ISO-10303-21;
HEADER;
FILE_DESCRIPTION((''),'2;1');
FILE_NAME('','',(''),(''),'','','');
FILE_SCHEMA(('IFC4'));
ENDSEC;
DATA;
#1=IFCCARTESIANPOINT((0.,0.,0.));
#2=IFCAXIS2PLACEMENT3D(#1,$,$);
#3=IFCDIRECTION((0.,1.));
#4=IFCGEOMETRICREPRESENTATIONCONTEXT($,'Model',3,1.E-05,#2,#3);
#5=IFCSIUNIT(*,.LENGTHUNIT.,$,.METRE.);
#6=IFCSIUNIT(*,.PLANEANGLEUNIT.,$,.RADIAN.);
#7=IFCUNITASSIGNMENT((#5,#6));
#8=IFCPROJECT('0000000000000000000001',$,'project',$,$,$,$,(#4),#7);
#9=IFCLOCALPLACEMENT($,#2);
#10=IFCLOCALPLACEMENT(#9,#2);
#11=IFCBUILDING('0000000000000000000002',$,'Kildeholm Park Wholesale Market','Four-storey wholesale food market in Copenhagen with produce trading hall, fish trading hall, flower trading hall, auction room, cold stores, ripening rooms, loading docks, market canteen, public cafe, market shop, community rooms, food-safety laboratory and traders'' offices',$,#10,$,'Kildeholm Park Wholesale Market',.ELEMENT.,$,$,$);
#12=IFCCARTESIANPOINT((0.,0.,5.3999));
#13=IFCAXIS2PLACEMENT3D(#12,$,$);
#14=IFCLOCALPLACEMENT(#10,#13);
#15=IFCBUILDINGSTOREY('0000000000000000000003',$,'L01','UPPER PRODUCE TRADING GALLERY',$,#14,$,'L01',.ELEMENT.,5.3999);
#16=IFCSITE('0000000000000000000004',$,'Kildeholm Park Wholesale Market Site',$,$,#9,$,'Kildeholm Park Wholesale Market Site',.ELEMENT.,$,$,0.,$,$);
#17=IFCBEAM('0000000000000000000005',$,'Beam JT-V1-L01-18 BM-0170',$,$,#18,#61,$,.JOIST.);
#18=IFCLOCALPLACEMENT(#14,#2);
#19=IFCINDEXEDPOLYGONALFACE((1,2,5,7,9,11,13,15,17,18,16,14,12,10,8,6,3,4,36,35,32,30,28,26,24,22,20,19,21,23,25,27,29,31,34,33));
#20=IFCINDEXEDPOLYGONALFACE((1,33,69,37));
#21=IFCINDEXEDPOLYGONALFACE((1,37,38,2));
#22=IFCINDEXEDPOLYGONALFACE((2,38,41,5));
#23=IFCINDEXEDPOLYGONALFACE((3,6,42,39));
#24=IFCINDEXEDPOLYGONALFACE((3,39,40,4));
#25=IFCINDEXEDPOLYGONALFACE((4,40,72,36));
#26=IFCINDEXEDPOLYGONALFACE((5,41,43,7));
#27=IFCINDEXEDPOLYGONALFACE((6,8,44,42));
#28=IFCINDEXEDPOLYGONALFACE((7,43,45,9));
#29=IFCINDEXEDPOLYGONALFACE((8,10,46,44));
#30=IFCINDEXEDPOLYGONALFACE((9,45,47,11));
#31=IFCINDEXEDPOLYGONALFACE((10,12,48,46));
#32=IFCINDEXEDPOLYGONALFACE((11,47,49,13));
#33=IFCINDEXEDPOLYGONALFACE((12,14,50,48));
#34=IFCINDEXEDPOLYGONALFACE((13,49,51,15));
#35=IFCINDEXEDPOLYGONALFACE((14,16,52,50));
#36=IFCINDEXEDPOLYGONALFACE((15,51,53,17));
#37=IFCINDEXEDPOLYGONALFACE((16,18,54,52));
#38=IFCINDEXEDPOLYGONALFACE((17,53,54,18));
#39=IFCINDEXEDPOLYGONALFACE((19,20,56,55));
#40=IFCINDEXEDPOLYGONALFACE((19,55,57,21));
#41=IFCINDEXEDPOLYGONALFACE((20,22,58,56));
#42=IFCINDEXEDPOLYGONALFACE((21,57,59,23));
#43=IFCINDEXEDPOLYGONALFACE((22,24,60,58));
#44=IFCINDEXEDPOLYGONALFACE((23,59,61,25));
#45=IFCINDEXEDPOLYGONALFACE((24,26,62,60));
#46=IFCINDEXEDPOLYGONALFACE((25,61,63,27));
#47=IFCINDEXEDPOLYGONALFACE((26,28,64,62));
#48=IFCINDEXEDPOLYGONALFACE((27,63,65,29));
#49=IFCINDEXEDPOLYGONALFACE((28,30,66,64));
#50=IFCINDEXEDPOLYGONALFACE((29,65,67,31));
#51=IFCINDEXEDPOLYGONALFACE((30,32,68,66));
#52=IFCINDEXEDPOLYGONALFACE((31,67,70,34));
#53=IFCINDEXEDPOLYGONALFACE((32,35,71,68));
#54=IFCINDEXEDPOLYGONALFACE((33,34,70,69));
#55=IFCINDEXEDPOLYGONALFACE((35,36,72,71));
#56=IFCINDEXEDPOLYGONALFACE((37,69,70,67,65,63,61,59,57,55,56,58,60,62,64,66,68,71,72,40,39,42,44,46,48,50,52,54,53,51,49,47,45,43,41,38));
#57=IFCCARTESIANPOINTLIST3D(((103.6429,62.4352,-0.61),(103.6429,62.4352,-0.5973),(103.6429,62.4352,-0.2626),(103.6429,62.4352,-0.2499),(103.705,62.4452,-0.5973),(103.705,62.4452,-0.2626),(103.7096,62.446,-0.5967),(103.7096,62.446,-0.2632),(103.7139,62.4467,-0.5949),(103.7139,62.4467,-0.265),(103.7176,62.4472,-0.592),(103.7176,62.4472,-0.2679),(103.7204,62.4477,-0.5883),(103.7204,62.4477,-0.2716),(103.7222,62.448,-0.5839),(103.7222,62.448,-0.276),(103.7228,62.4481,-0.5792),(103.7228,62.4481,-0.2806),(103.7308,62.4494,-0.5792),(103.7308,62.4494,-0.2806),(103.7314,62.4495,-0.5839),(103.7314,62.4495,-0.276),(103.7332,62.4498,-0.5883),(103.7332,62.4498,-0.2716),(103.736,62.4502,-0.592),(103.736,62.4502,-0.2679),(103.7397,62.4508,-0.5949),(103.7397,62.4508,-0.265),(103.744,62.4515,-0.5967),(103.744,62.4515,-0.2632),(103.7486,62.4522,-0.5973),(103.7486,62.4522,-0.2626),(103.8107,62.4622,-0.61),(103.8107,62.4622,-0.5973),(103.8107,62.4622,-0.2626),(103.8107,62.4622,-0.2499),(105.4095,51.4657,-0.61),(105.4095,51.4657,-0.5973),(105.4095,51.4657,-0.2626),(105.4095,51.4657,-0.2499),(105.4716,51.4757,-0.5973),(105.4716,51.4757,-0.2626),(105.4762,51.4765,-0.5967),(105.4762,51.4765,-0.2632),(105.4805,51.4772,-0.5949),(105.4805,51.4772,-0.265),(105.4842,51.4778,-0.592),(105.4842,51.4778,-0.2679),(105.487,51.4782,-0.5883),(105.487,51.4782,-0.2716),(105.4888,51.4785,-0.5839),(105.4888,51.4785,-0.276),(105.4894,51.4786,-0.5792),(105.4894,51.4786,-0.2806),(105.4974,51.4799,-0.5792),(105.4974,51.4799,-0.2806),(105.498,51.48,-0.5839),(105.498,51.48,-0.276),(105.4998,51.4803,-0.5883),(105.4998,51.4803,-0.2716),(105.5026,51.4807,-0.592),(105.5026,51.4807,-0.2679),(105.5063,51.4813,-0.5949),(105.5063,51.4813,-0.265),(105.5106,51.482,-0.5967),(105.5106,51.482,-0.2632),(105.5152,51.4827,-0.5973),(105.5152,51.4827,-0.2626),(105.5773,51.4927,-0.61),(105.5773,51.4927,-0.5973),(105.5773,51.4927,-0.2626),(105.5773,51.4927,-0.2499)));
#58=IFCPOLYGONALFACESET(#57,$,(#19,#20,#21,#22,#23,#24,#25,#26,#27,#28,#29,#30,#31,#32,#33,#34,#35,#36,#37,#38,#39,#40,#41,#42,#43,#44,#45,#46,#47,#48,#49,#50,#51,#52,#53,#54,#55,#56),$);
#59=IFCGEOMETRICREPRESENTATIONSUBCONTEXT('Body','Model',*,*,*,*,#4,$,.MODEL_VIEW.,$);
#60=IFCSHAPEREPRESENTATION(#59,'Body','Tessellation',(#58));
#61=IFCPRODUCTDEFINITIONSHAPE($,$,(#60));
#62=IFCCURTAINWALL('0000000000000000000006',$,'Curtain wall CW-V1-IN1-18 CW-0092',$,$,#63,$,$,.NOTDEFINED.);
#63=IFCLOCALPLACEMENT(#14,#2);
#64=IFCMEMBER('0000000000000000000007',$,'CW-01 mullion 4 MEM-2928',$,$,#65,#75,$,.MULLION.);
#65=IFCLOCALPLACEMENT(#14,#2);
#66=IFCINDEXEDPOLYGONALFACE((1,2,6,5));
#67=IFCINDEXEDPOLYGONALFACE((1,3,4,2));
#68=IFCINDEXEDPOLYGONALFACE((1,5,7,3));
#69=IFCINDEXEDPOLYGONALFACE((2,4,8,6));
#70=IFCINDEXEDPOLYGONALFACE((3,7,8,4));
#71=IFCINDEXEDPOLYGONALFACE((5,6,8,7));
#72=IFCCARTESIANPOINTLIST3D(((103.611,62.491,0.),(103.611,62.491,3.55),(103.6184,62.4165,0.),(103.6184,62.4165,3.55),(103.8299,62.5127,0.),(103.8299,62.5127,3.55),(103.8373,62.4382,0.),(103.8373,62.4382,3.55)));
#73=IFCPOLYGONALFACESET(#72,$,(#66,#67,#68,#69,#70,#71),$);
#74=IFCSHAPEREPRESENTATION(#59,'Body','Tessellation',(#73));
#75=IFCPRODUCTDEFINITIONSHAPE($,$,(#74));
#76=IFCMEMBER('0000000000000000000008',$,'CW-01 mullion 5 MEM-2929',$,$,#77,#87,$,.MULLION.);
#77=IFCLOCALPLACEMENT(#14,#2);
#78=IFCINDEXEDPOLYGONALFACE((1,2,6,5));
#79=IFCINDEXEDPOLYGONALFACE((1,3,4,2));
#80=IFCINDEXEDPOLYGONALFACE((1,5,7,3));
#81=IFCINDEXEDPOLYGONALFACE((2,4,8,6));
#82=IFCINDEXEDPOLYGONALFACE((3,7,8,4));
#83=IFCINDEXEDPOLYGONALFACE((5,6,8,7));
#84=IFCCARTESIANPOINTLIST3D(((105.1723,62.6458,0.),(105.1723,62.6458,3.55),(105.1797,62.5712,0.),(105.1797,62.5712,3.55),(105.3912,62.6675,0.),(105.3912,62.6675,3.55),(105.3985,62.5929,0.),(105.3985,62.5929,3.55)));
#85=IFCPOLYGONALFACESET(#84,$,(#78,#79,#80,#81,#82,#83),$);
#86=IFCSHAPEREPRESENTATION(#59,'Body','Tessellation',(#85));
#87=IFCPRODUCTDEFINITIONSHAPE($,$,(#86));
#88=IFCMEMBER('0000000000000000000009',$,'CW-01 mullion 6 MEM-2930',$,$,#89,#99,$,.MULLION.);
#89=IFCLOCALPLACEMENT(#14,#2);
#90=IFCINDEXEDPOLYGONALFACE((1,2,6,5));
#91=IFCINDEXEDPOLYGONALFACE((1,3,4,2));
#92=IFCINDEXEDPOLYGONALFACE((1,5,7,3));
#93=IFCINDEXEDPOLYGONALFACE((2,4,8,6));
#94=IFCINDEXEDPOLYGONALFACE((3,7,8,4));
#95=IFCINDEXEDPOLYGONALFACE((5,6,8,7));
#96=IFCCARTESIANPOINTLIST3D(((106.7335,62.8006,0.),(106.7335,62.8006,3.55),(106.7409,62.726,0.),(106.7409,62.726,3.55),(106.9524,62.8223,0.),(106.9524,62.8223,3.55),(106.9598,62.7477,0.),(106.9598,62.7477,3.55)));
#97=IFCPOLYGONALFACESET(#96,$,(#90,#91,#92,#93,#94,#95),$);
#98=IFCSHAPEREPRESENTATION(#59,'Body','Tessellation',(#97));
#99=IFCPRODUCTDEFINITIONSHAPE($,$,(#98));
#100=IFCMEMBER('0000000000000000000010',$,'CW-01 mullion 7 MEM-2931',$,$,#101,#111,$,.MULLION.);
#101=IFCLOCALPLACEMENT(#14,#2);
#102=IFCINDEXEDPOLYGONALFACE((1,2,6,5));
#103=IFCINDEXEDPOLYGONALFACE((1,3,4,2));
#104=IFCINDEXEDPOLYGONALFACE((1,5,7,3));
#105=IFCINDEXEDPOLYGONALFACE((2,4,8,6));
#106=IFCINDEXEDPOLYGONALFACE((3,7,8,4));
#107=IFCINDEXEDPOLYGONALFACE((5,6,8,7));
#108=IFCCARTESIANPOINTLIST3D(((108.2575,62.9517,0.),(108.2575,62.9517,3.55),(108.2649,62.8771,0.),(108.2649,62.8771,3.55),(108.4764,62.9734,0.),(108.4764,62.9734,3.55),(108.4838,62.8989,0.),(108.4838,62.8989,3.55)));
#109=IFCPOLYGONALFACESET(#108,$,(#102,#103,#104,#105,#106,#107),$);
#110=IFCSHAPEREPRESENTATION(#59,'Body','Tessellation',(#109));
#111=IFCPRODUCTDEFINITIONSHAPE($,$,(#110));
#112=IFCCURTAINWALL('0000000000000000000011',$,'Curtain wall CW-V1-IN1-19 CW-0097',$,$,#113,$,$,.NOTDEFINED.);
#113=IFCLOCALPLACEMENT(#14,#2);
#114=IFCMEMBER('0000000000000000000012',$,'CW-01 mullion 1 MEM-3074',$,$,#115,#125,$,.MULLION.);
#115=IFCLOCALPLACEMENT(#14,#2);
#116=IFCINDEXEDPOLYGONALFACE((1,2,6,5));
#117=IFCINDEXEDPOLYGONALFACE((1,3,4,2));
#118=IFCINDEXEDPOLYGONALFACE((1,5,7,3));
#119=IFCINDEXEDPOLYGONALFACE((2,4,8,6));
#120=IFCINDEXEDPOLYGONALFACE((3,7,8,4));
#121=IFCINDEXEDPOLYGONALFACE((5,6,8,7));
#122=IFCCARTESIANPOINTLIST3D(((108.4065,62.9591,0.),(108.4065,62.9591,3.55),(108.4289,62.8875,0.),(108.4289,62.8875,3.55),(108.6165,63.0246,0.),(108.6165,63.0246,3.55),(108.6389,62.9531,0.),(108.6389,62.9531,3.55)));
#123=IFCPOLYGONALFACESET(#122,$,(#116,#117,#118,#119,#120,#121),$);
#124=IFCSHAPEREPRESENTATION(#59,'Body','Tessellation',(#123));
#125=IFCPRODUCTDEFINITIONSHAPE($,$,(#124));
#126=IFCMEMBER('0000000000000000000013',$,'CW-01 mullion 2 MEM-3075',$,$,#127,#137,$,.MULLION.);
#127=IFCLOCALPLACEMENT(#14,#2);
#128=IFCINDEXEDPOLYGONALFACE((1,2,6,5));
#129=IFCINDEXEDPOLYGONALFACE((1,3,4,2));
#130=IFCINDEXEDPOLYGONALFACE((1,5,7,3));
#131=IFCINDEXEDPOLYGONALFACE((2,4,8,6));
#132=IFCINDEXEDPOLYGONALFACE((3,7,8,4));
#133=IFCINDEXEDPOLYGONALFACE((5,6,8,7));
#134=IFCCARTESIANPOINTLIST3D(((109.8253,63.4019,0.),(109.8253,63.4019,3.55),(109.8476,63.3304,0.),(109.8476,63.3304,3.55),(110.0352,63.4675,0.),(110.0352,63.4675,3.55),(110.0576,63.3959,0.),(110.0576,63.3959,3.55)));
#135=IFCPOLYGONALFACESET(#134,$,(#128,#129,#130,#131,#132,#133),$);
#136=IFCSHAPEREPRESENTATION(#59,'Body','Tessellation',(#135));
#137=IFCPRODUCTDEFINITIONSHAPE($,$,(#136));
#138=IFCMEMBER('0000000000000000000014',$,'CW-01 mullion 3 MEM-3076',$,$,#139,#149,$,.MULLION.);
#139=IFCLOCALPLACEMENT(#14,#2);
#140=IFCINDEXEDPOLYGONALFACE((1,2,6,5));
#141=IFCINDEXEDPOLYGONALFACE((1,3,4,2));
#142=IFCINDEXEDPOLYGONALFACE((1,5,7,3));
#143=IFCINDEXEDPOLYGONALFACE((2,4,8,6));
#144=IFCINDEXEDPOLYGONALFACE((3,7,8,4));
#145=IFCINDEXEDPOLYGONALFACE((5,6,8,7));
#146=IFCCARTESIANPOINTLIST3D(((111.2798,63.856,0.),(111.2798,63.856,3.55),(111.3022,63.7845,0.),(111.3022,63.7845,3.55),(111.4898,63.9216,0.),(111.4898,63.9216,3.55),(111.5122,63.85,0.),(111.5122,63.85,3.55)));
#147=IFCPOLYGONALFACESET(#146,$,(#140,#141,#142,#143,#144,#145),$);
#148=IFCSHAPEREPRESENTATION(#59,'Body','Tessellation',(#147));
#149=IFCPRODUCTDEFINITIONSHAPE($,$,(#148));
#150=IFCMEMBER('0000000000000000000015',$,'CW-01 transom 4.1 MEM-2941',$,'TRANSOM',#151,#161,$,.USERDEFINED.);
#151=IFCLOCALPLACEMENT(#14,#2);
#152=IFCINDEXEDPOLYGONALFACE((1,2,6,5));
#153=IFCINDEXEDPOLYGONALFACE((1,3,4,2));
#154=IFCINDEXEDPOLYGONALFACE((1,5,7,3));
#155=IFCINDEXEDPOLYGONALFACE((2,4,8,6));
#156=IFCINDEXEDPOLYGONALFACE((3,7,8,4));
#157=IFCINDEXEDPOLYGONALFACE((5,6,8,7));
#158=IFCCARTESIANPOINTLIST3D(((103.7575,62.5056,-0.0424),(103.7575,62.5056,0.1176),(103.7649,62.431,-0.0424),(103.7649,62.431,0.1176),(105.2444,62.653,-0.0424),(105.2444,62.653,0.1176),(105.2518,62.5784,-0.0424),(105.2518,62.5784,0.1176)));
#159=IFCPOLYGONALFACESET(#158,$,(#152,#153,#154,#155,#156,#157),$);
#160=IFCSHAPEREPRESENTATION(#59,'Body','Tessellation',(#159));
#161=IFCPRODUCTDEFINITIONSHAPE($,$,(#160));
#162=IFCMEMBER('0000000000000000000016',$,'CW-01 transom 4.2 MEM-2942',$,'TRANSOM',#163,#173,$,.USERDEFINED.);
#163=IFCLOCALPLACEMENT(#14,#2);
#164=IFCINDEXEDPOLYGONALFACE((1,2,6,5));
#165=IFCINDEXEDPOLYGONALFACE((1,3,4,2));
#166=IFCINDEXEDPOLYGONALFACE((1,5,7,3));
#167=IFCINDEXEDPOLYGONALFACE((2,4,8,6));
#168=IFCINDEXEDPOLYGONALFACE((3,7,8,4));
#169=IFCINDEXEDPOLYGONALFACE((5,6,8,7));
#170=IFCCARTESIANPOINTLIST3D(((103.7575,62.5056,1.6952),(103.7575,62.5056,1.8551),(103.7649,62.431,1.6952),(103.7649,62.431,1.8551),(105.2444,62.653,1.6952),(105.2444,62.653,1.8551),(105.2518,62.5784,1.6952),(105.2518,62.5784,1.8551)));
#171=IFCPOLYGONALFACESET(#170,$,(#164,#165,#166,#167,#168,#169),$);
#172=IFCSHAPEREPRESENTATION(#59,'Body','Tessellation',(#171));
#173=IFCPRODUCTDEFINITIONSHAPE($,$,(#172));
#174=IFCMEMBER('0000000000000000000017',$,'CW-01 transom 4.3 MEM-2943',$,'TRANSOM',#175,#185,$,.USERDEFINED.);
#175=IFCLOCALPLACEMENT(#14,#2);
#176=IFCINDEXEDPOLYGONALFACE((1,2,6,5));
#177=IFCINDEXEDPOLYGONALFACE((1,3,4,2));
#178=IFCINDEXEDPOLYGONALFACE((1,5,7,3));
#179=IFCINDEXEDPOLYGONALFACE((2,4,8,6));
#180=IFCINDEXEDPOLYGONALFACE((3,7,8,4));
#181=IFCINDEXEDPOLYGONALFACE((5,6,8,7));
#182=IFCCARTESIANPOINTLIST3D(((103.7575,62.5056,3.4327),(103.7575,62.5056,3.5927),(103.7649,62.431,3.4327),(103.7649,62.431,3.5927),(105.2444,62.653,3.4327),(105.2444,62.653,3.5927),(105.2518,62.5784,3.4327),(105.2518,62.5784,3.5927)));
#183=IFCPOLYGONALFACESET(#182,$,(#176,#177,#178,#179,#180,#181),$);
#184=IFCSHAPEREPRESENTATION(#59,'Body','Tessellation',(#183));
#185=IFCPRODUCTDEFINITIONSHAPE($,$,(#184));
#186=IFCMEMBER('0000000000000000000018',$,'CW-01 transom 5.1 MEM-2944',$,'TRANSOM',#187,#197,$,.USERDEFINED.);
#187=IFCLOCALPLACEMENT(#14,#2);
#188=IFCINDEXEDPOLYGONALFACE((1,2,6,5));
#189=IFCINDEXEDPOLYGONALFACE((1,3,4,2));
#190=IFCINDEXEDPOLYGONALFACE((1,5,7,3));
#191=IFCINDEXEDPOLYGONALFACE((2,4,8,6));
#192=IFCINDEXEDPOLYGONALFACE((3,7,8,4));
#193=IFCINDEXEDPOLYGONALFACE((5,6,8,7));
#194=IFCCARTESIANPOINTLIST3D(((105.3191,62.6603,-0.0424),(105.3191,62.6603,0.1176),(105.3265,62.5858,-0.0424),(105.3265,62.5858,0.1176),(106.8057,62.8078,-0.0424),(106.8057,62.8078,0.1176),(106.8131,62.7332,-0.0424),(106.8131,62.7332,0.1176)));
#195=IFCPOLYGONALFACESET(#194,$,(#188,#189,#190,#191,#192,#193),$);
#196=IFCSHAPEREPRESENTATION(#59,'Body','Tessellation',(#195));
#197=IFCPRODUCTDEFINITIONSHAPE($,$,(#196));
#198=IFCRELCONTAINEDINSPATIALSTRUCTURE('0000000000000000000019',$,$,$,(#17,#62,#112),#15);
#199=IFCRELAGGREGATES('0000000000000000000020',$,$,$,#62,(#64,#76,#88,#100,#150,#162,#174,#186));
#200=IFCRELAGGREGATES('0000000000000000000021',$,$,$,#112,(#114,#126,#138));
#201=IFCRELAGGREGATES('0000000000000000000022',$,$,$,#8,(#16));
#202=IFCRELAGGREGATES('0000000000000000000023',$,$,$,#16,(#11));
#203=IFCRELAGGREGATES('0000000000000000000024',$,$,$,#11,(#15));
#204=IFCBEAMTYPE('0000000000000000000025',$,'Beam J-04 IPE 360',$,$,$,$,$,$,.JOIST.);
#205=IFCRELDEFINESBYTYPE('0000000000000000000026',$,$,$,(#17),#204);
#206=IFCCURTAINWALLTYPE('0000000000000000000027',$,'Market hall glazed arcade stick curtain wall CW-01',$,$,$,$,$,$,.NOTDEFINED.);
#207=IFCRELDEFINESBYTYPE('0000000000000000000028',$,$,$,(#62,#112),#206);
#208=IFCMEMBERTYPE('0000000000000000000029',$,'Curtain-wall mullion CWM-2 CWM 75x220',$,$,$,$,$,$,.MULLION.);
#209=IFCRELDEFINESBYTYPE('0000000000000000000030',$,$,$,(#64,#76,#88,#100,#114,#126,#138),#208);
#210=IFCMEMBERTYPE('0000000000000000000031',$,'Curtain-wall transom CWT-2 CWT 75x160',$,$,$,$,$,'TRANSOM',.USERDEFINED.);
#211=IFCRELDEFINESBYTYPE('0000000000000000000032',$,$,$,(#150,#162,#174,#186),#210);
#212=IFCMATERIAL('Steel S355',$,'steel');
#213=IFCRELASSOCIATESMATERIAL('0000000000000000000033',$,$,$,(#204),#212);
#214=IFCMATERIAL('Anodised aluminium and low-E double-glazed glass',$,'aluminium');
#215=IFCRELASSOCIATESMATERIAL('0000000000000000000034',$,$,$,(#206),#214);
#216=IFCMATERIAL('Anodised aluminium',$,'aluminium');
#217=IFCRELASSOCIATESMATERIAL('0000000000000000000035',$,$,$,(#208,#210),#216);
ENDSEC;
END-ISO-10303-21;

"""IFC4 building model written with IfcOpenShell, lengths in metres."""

from ifc_helpers import new_model, si_unit, direction, frame, origin, origin_2d, place, context, subcontext, project, spatial, rectangle, i_section, extrude, material, material_profile, profile_set, type_object, element, aggregate, save


model = new_model("IFC4")

# Units and contexts
model_context = context("Model", 3, precision=1e-05, world=origin(), true_north=direction((0.0, 1.0)))
body_context = subcontext(model_context, "Body", "Model", "MODEL_VIEW")
ifc_project = project(units=[si_unit("LENGTHUNIT", "METRE"), si_unit("PLANEANGLEUNIT", "RADIAN")], contexts=[model_context])

# Site, building, storey
site_placement = place(None, origin())
site = spatial("IfcSite", under=ifc_project, at=site_placement, Name="Kildeholm Park Wholesale Market Site", LongName="Kildeholm Park Wholesale Market Site", CompositionType="ELEMENT", RefElevation=0.0)
building_placement = place(site_placement, origin())
building = spatial("IfcBuilding", under=site, at=building_placement, Name="Kildeholm Park Wholesale Market", Description="Four-storey wholesale food market in Copenhagen with produce trading hall, fish trading hall, flower trading hall, auction room, cold stores, ripening rooms, loading docks, market canteen, public cafe, market shop, community rooms, food-safety laboratory and traders' offices", LongName="Kildeholm Park Wholesale Market", CompositionType="ELEMENT")
storey_placement = place(building_placement, frame((0.0, 0.0, 5.3999)))
storey = spatial("IfcBuildingStorey", under=building, at=storey_placement, Name="L01", Description="UPPER PRODUCE TRADING GALLERY", LongName="L01", CompositionType="ELEMENT", Elevation=5.3999)

# Shared definitions
ifc_material_1 = material(Name="Steel S355", Category="steel")

# Beam
ifc_material_profile_1 = material_profile(ifc_material_1, i_section(OverallWidth=0.1699, OverallDepth=0.3601, WebThickness=0.0081, FlangeThickness=0.0127, FilletRadius=0.0181, at=origin_2d()), Name="IPE 360")
ifc_profile_set_1 = profile_set([ifc_material_profile_1], Name="Steel S355")
beam_type_1 = type_object("IfcBeamType", Name="Beam J-04 IPE 360", PredefinedType="JOIST", material=ifc_profile_set_1)
beam_1_placement = place(storey_placement, frame((103.7268, 62.4487, -0.4299), z_axis=(0.158998, -0.987279, 0.0), x_axis=(0.987279, 0.158998, 0.0)))
element("IfcBeam", 1, at=beam_1_placement, inside=storey, type_object=beam_type_1, Name="Beam JT-V1-L01-18 BM-0170", PredefinedType="JOIST", context=body_context, shape_type="SweptSolid", body=[
    extrude(i_section(OverallWidth=0.1699, OverallDepth=0.3601, WebThickness=0.0081, FlangeThickness=0.0127, FilletRadius=0.0181, at=origin_2d()), origin(), (0.0, 0.0, 1.0), 11.1108),
])

# Curtain walls, members
ifc_material_2 = material(Name="Anodised aluminium and low-E double-glazed glass", Category="aluminium")
curtain_wall_type = type_object("IfcCurtainWallType", Name="Market hall glazed arcade stick curtain wall CW-01", PredefinedType="NOTDEFINED", material=ifc_material_2)
curtain_wall_1_placement = place(storey_placement, origin())
curtain_wall_1 = element("IfcCurtainWall", 2, at=curtain_wall_1_placement, inside=storey, type_object=curtain_wall_type, Name="Curtain wall CW-V1-IN1-18 CW-0092", PredefinedType="NOTDEFINED")
ifc_material_3 = material(Name="Anodised aluminium", Category="aluminium")
ifc_material_profile_2 = material_profile(ifc_material_3, rectangle(XDim=0.075, YDim=0.22, at=origin_2d()), Name="CWM 75x220")
ifc_profile_set_2 = profile_set([ifc_material_profile_2], Name="Anodised aluminium")
member_type_1 = type_object("IfcMemberType", Name="Curtain-wall mullion CWM-2 CWM 75x220", PredefinedType="MULLION", material=ifc_profile_set_2)
member_1_placement = place(storey_placement, frame((103.7241, 62.4646, 0.0), z_axis=(0.0, 0.0, 1.0), x_axis=(-0.098683, 0.995119, 0.0)))
member_1 = element("IfcMember", 3, at=member_1_placement, type_object=member_type_1, Name="CW-01 mullion 4 MEM-2928", PredefinedType="MULLION", context=body_context, shape_type="SweptSolid", body=[
    extrude(rectangle(XDim=0.075, YDim=0.22, at=origin_2d()), origin(), (0.0, 0.0, 1.0), 3.55),
])
member_2_placement = place(storey_placement, frame((105.2854, 62.6194, 0.0), z_axis=(0.0, 0.0, 1.0), x_axis=(-0.098683, 0.995119, 0.0)))
member_2 = element("IfcMember", 4, at=member_2_placement, type_object=member_type_1, Name="CW-01 mullion 5 MEM-2929", PredefinedType="MULLION", context=body_context, shape_type="SweptSolid", body=[
    extrude(rectangle(XDim=0.075, YDim=0.22, at=origin_2d()), origin(), (0.0, 0.0, 1.0), 3.55),
])
member_3_placement = place(storey_placement, frame((106.8467, 62.7742, 0.0), z_axis=(0.0, 0.0, 1.0), x_axis=(-0.098683, 0.995119, 0.0)))
member_3 = element("IfcMember", 5, at=member_3_placement, type_object=member_type_1, Name="CW-01 mullion 6 MEM-2930", PredefinedType="MULLION", context=body_context, shape_type="SweptSolid", body=[
    extrude(rectangle(XDim=0.075, YDim=0.22, at=origin_2d()), origin(), (0.0, 0.0, 1.0), 3.55),
])
member_4_placement = place(storey_placement, frame((108.3706, 62.9253, 0.0), z_axis=(0.0, 0.0, 1.0), x_axis=(-0.098683, 0.995119, 0.0)))
member_4 = element("IfcMember", 6, at=member_4_placement, type_object=member_type_1, Name="CW-01 mullion 7 MEM-2931", PredefinedType="MULLION", context=body_context, shape_type="SweptSolid", body=[
    extrude(rectangle(XDim=0.075, YDim=0.22, at=origin_2d()), origin(), (0.0, 0.0, 1.0), 3.55),
])
curtain_wall_2_placement = place(storey_placement, origin())
curtain_wall_2 = element("IfcCurtainWall", 7, at=curtain_wall_2_placement, inside=storey, type_object=curtain_wall_type, Name="Curtain wall CW-V1-IN1-19 CW-0097", PredefinedType="NOTDEFINED")
member_5_placement = place(storey_placement, frame((108.5227, 62.9561, 0.0), z_axis=(0.0, 0.0, 1.0), x_axis=(-0.297957, 0.954579, 0.0)))
member_5 = element("IfcMember", 8, at=member_5_placement, type_object=member_type_1, Name="CW-01 mullion 1 MEM-3074", PredefinedType="MULLION", context=body_context, shape_type="SweptSolid", body=[
    extrude(rectangle(XDim=0.075, YDim=0.22, at=origin_2d()), origin(), (0.0, 0.0, 1.0), 3.55),
])
member_6_placement = place(storey_placement, frame((109.9414, 63.3989, 0.0), z_axis=(0.0, 0.0, 1.0), x_axis=(-0.297957, 0.954579, 0.0)))
member_6 = element("IfcMember", 9, at=member_6_placement, type_object=member_type_1, Name="CW-01 mullion 2 MEM-3075", PredefinedType="MULLION", context=body_context, shape_type="SweptSolid", body=[
    extrude(rectangle(XDim=0.075, YDim=0.22, at=origin_2d()), origin(), (0.0, 0.0, 1.0), 3.55),
])
member_7_placement = place(storey_placement, frame((111.396, 63.853, 0.0), z_axis=(0.0, 0.0, 1.0), x_axis=(-0.297957, 0.954579, 0.0)))
member_7 = element("IfcMember", 10, at=member_7_placement, type_object=member_type_1, Name="CW-01 mullion 3 MEM-3076", PredefinedType="MULLION", context=body_context, shape_type="SweptSolid", body=[
    extrude(rectangle(XDim=0.075, YDim=0.22, at=origin_2d()), origin(), (0.0, 0.0, 1.0), 3.55),
])

# Members
ifc_material_profile_3 = material_profile(ifc_material_3, rectangle(XDim=0.075, YDim=0.1599, at=origin_2d()), Name="CWT 75x160")
ifc_profile_set_3 = profile_set([ifc_material_profile_3], Name="Anodised aluminium")
member_type_2 = type_object("IfcMemberType", Name="Curtain-wall transom CWT-2 CWT 75x160", ElementType="TRANSOM", PredefinedType="USERDEFINED", material=ifc_profile_set_3)
member_8_placement = place(storey_placement, frame((103.7612, 62.4683, 0.0376), z_axis=(0.995118, 0.098695, 0.0), x_axis=(-0.098695, 0.995118, 0.0)))
member_8 = element("IfcMember", 11, at=member_8_placement, type_object=member_type_2, Name="CW-01 transom 4.1 MEM-2941", ObjectType="TRANSOM", PredefinedType="USERDEFINED", context=body_context, shape_type="SweptSolid", body=[
    extrude(rectangle(XDim=0.075, YDim=0.1599, at=origin_2d()), origin(), (0.0, 0.0, 1.0), 1.4941),
])
member_9_placement = place(storey_placement, frame((103.7612, 62.4683, 1.7751), z_axis=(0.995118, 0.098695, 0.0), x_axis=(-0.098695, 0.995118, 0.0)))
member_9 = element("IfcMember", 12, at=member_9_placement, type_object=member_type_2, Name="CW-01 transom 4.2 MEM-2942", ObjectType="TRANSOM", PredefinedType="USERDEFINED", context=body_context, shape_type="SweptSolid", body=[
    extrude(rectangle(XDim=0.075, YDim=0.1599, at=origin_2d()), origin(), (0.0, 0.0, 1.0), 1.4941),
])
member_10_placement = place(storey_placement, frame((103.7612, 62.4683, 3.5127), z_axis=(0.995118, 0.098695, 0.0), x_axis=(-0.098695, 0.995118, 0.0)))
member_10 = element("IfcMember", 13, at=member_10_placement, type_object=member_type_2, Name="CW-01 transom 4.3 MEM-2943", ObjectType="TRANSOM", PredefinedType="USERDEFINED", context=body_context, shape_type="SweptSolid", body=[
    extrude(rectangle(XDim=0.075, YDim=0.1599, at=origin_2d()), origin(), (0.0, 0.0, 1.0), 1.4941),
])
member_11_placement = place(storey_placement, frame((105.3228, 62.623, 0.0376), z_axis=(0.995116, 0.098711, 0.0), x_axis=(-0.098711, 0.995116, 0.0)))
member_11 = element("IfcMember", 14, at=member_11_placement, type_object=member_type_2, Name="CW-01 transom 5.1 MEM-2944", ObjectType="TRANSOM", PredefinedType="USERDEFINED", context=body_context, shape_type="SweptSolid", body=[
    extrude(rectangle(XDim=0.075, YDim=0.1599, at=origin_2d()), origin(), (0.0, 0.0, 1.0), 1.4939),
])

aggregate(curtain_wall_1, [member_1, member_2, member_3, member_4, member_8, member_9, member_10, member_11])
aggregate(curtain_wall_2, [member_5, member_6, member_7])

save(model, "model.ifc")
